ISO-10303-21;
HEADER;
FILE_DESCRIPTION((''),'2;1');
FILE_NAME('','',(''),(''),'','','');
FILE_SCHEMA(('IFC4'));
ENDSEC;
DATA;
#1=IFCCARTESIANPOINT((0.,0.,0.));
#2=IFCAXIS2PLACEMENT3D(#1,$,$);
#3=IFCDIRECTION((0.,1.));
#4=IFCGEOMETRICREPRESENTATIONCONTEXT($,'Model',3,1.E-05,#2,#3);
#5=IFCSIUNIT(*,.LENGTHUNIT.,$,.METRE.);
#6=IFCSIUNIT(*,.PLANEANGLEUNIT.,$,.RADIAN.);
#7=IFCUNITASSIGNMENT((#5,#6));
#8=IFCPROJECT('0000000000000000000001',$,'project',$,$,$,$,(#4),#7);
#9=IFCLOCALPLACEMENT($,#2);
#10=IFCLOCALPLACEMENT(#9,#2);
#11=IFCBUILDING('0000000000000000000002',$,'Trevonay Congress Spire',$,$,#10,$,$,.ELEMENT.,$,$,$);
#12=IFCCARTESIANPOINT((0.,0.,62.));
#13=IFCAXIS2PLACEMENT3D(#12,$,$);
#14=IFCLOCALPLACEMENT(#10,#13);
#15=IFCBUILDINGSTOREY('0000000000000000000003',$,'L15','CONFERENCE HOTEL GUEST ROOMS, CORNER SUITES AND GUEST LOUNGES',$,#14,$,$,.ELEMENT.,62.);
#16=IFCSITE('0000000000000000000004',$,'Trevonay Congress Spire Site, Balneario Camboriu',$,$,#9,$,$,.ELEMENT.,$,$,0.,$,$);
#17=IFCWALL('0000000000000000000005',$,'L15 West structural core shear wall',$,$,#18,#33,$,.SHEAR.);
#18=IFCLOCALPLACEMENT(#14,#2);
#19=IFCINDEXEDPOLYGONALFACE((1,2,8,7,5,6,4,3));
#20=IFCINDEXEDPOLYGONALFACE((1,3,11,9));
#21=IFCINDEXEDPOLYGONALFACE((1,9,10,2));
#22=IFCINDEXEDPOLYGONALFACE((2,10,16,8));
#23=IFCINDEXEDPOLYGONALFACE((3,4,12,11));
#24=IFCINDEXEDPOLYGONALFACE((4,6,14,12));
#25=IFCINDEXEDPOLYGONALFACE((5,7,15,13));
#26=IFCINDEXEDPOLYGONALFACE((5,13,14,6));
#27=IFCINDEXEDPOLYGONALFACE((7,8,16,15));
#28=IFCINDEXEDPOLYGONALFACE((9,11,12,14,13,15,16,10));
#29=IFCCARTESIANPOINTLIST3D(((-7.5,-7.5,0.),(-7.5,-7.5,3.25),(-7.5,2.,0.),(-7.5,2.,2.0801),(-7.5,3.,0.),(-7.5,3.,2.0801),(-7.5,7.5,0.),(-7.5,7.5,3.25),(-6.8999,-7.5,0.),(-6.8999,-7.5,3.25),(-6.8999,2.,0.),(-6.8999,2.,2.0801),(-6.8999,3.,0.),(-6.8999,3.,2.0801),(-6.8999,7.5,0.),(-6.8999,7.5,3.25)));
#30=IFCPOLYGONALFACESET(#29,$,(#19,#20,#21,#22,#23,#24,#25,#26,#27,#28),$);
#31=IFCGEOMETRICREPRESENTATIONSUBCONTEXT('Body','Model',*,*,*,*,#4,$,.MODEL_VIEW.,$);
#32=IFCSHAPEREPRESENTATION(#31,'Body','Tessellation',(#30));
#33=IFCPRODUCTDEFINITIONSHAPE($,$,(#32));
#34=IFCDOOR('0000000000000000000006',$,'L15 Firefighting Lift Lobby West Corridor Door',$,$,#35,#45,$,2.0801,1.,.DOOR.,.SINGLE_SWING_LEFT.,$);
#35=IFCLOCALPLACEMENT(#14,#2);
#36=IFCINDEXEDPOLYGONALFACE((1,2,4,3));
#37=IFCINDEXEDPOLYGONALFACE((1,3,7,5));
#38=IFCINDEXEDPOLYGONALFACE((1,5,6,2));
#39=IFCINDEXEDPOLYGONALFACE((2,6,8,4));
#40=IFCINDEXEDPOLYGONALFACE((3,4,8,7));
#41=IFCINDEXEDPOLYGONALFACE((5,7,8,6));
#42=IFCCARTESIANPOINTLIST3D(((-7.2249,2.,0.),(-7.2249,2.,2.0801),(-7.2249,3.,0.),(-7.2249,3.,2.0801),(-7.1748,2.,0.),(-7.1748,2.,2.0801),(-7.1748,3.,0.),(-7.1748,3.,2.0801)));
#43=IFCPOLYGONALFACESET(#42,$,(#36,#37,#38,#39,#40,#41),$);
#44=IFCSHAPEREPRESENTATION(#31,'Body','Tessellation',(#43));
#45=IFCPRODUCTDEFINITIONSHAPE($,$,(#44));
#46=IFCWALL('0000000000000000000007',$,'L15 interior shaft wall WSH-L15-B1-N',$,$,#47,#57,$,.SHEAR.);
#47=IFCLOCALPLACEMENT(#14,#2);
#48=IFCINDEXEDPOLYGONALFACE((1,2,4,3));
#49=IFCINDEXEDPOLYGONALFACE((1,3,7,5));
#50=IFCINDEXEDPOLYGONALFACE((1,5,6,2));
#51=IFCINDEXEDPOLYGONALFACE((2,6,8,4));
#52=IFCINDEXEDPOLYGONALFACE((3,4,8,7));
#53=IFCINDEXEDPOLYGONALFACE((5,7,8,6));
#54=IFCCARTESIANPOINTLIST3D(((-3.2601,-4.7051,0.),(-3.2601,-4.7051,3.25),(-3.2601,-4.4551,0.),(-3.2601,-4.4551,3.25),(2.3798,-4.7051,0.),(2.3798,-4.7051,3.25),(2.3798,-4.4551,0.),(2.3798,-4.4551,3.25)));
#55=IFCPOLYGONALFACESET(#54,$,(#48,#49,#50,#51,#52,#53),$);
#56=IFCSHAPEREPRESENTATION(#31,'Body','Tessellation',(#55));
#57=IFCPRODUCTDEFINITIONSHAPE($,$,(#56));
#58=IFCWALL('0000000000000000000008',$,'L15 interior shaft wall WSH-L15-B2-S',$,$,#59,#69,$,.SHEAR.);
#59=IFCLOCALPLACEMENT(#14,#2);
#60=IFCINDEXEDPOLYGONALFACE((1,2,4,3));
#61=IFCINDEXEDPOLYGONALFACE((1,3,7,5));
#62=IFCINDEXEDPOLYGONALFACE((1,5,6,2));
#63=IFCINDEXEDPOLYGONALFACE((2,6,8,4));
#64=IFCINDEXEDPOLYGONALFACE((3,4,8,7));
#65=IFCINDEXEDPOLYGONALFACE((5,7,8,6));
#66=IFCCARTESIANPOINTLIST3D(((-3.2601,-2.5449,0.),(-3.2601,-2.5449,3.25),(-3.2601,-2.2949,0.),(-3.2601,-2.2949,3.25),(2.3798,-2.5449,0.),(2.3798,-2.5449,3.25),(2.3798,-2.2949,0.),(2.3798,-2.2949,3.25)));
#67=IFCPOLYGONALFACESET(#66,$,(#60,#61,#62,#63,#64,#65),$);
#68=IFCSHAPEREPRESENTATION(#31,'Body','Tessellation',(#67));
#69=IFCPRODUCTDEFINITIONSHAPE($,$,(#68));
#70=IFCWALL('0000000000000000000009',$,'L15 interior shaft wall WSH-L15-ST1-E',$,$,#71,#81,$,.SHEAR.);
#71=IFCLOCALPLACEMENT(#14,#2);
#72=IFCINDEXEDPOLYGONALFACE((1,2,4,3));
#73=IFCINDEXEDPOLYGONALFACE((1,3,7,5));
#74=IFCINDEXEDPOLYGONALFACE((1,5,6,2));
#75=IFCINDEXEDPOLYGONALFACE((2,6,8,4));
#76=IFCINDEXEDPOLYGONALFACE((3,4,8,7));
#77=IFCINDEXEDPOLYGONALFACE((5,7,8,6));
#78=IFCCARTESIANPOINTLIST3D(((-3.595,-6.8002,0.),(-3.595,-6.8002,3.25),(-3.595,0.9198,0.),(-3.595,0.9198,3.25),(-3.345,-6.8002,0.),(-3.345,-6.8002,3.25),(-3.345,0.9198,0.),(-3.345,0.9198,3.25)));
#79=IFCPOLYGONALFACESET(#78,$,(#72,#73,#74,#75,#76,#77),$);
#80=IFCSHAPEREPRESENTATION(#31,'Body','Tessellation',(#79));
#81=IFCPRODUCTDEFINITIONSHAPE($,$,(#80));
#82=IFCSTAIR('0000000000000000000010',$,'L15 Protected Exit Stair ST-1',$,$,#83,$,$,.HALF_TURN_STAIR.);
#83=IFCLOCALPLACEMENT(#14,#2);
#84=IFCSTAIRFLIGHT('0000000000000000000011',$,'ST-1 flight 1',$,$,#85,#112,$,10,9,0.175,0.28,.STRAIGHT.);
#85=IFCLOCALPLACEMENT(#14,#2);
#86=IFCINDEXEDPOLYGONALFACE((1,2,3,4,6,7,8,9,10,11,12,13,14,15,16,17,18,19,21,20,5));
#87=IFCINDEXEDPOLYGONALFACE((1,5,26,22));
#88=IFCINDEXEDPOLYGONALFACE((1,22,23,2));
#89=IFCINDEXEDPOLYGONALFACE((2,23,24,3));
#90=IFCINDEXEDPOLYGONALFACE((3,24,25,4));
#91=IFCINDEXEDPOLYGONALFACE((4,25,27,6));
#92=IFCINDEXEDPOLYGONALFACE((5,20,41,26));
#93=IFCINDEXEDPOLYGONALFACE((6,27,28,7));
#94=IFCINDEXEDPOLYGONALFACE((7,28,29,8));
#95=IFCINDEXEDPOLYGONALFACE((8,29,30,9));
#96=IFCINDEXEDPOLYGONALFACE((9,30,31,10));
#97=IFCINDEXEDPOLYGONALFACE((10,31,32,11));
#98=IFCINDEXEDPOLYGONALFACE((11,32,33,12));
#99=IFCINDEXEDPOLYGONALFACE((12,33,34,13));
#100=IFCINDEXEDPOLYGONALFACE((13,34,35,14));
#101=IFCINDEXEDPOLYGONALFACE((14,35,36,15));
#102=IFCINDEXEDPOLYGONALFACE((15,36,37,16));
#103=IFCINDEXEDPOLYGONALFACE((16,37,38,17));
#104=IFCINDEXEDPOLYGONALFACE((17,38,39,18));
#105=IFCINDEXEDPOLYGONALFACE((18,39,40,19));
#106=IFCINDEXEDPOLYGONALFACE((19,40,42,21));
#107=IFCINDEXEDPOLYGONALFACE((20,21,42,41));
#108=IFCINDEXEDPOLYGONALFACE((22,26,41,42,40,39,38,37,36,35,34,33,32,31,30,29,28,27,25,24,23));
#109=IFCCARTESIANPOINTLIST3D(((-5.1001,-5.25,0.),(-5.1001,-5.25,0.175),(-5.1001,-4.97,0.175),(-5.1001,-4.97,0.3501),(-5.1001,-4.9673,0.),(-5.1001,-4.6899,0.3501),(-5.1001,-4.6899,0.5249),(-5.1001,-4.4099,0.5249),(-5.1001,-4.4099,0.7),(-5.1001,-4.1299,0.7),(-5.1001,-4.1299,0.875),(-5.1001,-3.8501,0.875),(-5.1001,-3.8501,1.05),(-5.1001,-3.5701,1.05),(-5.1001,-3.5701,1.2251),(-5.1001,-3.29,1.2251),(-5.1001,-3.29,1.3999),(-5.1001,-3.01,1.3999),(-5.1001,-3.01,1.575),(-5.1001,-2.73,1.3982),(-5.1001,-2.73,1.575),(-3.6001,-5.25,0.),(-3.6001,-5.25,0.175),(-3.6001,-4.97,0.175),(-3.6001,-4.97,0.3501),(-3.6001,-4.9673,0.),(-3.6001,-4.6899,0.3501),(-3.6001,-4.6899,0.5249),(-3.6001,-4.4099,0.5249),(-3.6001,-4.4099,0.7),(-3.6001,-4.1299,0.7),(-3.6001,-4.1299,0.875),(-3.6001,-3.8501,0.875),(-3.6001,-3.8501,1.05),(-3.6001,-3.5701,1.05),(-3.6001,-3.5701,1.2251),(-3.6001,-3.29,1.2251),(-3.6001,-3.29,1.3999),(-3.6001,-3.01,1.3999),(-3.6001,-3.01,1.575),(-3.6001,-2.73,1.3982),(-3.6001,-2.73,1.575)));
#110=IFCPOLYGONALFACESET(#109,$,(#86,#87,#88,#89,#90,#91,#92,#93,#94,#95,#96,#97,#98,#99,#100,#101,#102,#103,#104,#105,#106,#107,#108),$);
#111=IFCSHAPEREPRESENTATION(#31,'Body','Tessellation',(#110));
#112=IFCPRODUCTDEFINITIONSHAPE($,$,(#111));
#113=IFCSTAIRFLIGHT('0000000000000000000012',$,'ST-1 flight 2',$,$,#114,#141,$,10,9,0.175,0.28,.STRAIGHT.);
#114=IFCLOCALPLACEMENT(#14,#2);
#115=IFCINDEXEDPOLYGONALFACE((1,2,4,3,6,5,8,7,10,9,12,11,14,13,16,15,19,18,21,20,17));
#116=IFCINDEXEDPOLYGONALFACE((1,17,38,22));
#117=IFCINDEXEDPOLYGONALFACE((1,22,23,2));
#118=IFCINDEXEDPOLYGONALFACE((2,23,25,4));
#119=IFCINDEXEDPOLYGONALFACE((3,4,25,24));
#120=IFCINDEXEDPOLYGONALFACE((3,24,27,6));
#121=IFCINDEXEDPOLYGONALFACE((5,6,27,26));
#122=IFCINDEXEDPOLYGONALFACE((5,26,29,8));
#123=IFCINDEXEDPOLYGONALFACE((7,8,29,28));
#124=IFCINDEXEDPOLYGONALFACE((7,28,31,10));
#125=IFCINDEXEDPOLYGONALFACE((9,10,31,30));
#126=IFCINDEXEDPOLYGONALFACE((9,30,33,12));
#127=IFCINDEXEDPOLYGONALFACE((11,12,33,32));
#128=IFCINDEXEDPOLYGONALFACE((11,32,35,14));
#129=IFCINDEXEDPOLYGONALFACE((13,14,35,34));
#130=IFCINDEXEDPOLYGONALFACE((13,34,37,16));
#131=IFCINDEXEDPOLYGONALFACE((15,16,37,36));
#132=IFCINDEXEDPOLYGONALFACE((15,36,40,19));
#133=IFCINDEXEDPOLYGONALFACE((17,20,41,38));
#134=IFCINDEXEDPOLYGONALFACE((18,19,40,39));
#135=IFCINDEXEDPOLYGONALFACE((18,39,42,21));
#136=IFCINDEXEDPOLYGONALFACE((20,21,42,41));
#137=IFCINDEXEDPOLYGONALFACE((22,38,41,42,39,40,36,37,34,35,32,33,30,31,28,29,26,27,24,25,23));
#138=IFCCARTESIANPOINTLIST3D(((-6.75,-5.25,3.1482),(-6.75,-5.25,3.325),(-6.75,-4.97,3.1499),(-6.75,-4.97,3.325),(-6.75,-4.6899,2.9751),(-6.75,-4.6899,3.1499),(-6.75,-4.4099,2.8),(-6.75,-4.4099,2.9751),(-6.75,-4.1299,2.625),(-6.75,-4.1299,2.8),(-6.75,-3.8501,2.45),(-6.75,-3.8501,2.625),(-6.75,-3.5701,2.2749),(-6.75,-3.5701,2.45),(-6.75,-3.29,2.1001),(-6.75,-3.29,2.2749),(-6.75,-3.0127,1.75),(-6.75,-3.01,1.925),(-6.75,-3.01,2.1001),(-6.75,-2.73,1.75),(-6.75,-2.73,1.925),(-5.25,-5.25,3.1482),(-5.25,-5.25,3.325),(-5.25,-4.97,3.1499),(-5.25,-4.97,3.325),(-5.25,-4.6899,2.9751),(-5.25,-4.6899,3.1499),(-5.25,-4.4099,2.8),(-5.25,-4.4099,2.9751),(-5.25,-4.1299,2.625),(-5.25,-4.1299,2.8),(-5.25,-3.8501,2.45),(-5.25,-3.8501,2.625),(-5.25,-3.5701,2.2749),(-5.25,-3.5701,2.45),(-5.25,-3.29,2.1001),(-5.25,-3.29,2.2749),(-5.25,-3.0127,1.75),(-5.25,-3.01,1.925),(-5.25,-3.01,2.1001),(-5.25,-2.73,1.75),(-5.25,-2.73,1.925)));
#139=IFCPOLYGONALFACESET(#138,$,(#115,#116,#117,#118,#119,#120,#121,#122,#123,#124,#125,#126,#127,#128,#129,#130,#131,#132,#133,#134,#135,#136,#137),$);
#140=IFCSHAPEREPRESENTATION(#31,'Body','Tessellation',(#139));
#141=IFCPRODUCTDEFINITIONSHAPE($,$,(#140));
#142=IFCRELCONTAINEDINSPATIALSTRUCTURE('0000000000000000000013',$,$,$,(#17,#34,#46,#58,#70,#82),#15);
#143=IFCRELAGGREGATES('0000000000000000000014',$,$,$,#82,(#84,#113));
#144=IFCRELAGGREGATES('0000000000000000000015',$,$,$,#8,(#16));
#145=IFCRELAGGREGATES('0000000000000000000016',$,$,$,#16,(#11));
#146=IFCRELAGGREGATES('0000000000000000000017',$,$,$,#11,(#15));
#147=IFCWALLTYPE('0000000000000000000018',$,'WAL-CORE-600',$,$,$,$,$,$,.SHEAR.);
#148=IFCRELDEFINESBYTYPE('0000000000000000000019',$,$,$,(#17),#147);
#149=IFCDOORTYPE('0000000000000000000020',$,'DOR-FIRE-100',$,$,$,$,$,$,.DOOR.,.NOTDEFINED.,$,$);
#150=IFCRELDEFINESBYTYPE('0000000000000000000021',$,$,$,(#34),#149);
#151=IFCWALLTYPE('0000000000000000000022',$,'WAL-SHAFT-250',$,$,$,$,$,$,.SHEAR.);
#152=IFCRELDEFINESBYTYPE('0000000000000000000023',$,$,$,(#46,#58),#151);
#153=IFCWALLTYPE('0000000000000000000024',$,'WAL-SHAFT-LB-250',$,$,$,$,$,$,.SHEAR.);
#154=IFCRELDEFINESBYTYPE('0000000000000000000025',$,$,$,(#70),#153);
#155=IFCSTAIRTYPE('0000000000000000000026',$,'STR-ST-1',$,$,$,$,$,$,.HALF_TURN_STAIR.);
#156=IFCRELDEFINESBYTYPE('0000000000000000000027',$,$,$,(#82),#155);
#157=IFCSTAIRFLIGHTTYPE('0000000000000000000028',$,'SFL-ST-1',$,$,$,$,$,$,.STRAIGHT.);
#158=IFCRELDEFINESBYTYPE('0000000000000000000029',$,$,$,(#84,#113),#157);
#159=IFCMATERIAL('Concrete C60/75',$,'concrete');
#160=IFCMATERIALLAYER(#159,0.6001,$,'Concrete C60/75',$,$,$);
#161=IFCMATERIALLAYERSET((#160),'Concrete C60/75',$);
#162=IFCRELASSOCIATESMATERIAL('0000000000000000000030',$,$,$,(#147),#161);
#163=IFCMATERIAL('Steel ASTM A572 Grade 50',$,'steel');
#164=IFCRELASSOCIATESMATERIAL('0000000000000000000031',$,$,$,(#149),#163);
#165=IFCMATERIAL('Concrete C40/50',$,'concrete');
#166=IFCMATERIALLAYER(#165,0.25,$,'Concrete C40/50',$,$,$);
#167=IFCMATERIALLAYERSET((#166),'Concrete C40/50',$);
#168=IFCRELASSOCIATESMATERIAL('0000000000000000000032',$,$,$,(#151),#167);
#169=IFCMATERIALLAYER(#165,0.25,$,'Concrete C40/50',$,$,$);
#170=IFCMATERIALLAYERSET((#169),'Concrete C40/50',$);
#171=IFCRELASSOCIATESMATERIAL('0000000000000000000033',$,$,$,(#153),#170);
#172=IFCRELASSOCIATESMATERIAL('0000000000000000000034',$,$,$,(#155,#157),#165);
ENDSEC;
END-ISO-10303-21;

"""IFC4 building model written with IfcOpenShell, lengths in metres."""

from ifc_helpers import new_model, si_unit, direction, frame, frame_2d, origin, place, context, subcontext, project, spatial, polyline, rectangle, outline, extrude, material, layer, layer_set, type_object, element, fill, aggregate, save


model = new_model("IFC4")

# Units and contexts
model_context = context("Model", 3, precision=1e-05, world=origin(), true_north=direction((0.0, 1.0)))
body_context = subcontext(model_context, "Body", "Model", "MODEL_VIEW")
ifc_project = project(units=[si_unit("LENGTHUNIT", "METRE"), si_unit("PLANEANGLEUNIT", "RADIAN")], contexts=[model_context])

# Site, building, storey
site_placement = place(None, origin())
site = spatial("IfcSite", under=ifc_project, at=site_placement, Name="Trevonay Congress Spire Site, Balneario Camboriu", CompositionType="ELEMENT", RefElevation=0.0)
building_placement = place(site_placement, origin())
building = spatial("IfcBuilding", under=site, at=building_placement, Name="Trevonay Congress Spire", CompositionType="ELEMENT")
storey_placement = place(building_placement, frame((0.0, 0.0, 62.0)))
storey = spatial("IfcBuildingStorey", under=building, at=storey_placement, Name="L15", Description="CONFERENCE HOTEL GUEST ROOMS, CORNER SUITES AND GUEST LOUNGES", CompositionType="ELEMENT", Elevation=62.0)

# Shared definitions
ifc_material_1 = material(Name="Steel ASTM A572 Grade 50", Category="steel")

# Shared definitions
ifc_material_2 = material(Name="Concrete C60/75", Category="concrete")
ifc_layer_1 = layer(ifc_material_2, 0.6001, Name="Concrete C60/75")
ifc_layer_set_1 = layer_set([ifc_layer_1], Name="Concrete C60/75")
wall_type_1 = type_object("IfcWallType", Name="WAL-CORE-600", PredefinedType="SHEAR", material=ifc_layer_set_1)

# Wall, opening, door
wall_1_placement = place(storey_placement, frame((-7.2, -7.5, 0.0), z_axis=(0.0, 0.0, 1.0), x_axis=(0.0, 1.0, 0.0)))
wall_1 = element("IfcWall", 1, at=wall_1_placement, inside=storey, type_object=wall_type_1, Name="L15 West structural core shear wall", PredefinedType="SHEAR", context=body_context, shape_type="SweptSolid", body=[
    extrude(rectangle(XDim=15.0, YDim=0.6001, at=frame_2d((7.5, 0.0))), origin(), (0.0, 0.0, 1.0), 3.25),
])
opening_1_placement = place(wall_1_placement, frame((9.5, 0.0, 0.0)))
opening_1 = element("IfcOpeningElement", 2, at=opening_1_placement, cuts=wall_1, PredefinedType="OPENING", context=body_context, shape_type="SweptSolid", body=[
    extrude(rectangle(XDim=1.0, YDim=2.0801, at=frame_2d((0.5, 1.04))), frame((0.0, 0.3101, 0.0), z_axis=(0.0, -1.0, 0.0), x_axis=(1.0, 0.0, 0.0)), (0.0, 0.0, 1.0), 0.6201),
])
door_type_1 = type_object("IfcDoorType", Name="DOR-FIRE-100", OperationType="NOTDEFINED", PredefinedType="DOOR", material=ifc_material_1)
door_1_placement = place(opening_1_placement, origin())
door_1 = element("IfcDoor", 3, at=door_1_placement, inside=storey, type_object=door_type_1, Name="L15 Firefighting Lift Lobby West Corridor Door", OperationType="SINGLE_SWING_LEFT", OverallHeight=2.0801, OverallWidth=1.0, PredefinedType="DOOR", context=body_context, shape_type="SweptSolid", body=[
    extrude(rectangle(XDim=1.0, YDim=2.0801, at=frame_2d((0.5, 1.04))), frame((0.0, 0.0249, 0.0), z_axis=(0.0, -1.0, 0.0), x_axis=(1.0, 0.0, 0.0)), (0.0, 0.0, 1.0), 0.05),
])
fill(opening_1, door_1)

# Walls
ifc_material_3 = material(Name="Concrete C40/50", Category="concrete")
ifc_layer_2 = layer(ifc_material_3, 0.25, Name="Concrete C40/50")
ifc_layer_set_2 = layer_set([ifc_layer_2], Name="Concrete C40/50")
wall_type_2 = type_object("IfcWallType", Name="WAL-SHAFT-250", PredefinedType="SHEAR", material=ifc_layer_set_2)
for number, where, z_axis, x_axis, name in (
    (4, (-3.26, -4.5801, 0.0), (0.0, 0.0, 1.0), (1.0, 0.0, 0.0), "L15 interior shaft wall WSH-L15-B1-N"),
    (5, (-3.26, -2.4199, 0.0), (0.0, 0.0, 1.0), (1.0, 0.0, 0.0), "L15 interior shaft wall WSH-L15-B2-S"),
):
    element("IfcWall", number, at=place(storey_placement, frame(where, z_axis=z_axis, x_axis=x_axis)), inside=storey, type_object=wall_type_2, Name=name, PredefinedType="SHEAR", context=body_context, shape_type="SweptSolid", body=[
        extrude(rectangle(XDim=5.6399, YDim=0.25, at=frame_2d((2.8198, 0.0))), origin(), (0.0, 0.0, 1.0), 3.25),
    ])
ifc_layer_3 = layer(ifc_material_3, 0.25, Name="Concrete C40/50")
ifc_layer_set_3 = layer_set([ifc_layer_3], Name="Concrete C40/50")
wall_type_3 = type_object("IfcWallType", Name="WAL-SHAFT-LB-250", PredefinedType="SHEAR", material=ifc_layer_set_3)
wall_2_placement = place(storey_placement, frame((-3.47, -6.8, 0.0), z_axis=(0.0, 0.0, 1.0), x_axis=(0.0, 1.0, 0.0)))
element("IfcWall", 6, at=wall_2_placement, inside=storey, type_object=wall_type_3, Name="L15 interior shaft wall WSH-L15-ST1-E", PredefinedType="SHEAR", context=body_context, shape_type="SweptSolid", body=[
    extrude(rectangle(XDim=7.72, YDim=0.25, at=frame_2d((3.8599, 0.0))), origin(), (0.0, 0.0, 1.0), 3.25),
])

# Stair, stair flights
stair_type = type_object("IfcStairType", Name="STR-ST-1", PredefinedType="HALF_TURN_STAIR", material=ifc_material_3)
stair_placement = place(storey_placement, origin())
stair = element("IfcStair", 7, at=stair_placement, inside=storey, type_object=stair_type, Name="L15 Protected Exit Stair ST-1", PredefinedType="HALF_TURN_STAIR")
stair_flight_type = type_object("IfcStairFlightType", Name="SFL-ST-1", PredefinedType="STRAIGHT", material=ifc_material_3)
stair_flight_1_placement = place(storey_placement, frame((-4.3501, -5.25, 0.0), z_axis=(0.0, 0.0, 1.0), x_axis=(0.0, 1.0, 0.0)))
stair_flight_1 = element("IfcStairFlight", 8, at=stair_flight_1_placement, type_object=stair_flight_type, Name="ST-1 flight 1", NumberOfRisers=10, NumberOfTreads=9, PredefinedType="STRAIGHT", RiserHeight=0.175, TreadLength=0.28, context=body_context, shape_type="SweptSolid", body=[
    extrude(outline(polyline([(0.0, 0.0), (0.0, 0.175), (0.28, 0.175), (0.28, 0.3501), (0.5601, 0.3501), (0.5601, 0.5249), (0.8401, 0.5249), (0.8401, 0.7), (1.1201, 0.7), (1.1201, 0.875), (1.3999, 0.875), (1.3999, 1.05), (1.6799, 1.05), (1.6799, 1.2251), (1.96, 1.2251), (1.96, 1.3999), (2.24, 1.3999), (2.24, 1.575), (2.52, 1.575), (2.52, 1.75), (2.52, 1.3982), (0.2827, 0.0), (0.0, 0.0)])), frame((0.0, 0.75, 0.0), z_axis=(0.0, -1.0, 0.0), x_axis=(1.0, 0.0, 0.0)), (0.0, 0.0, 1.0), 1.5),
])
stair_flight_2_placement = place(storey_placement, frame((-6.0, -2.73, 1.75), z_axis=(0.0, 0.0, 1.0), x_axis=(0.0, -1.0, 0.0)))
stair_flight_2 = element("IfcStairFlight", 9, at=stair_flight_2_placement, type_object=stair_flight_type, Name="ST-1 flight 2", NumberOfRisers=10, NumberOfTreads=9, PredefinedType="STRAIGHT", RiserHeight=0.175, TreadLength=0.28, context=body_context, shape_type="SweptSolid", body=[
    extrude(outline(polyline([(0.0, 0.0), (0.0, 0.175), (0.28, 0.175), (0.28, 0.3501), (0.5601, 0.3501), (0.5601, 0.5249), (0.8401, 0.5249), (0.8401, 0.7), (1.1201, 0.7), (1.1201, 0.875), (1.3999, 0.875), (1.3999, 1.05), (1.6799, 1.05), (1.6799, 1.2251), (1.96, 1.2251), (1.96, 1.3999), (2.24, 1.3999), (2.24, 1.575), (2.52, 1.575), (2.52, 1.75), (2.52, 1.3982), (0.2827, 0.0), (0.0, 0.0)])), frame((0.0, 0.75, 0.0), z_axis=(0.0, -1.0, 0.0), x_axis=(1.0, 0.0, 0.0)), (0.0, 0.0, 1.0), 1.5),
])
aggregate(stair, [stair_flight_1, stair_flight_2])

save(model, "model.ifc")
